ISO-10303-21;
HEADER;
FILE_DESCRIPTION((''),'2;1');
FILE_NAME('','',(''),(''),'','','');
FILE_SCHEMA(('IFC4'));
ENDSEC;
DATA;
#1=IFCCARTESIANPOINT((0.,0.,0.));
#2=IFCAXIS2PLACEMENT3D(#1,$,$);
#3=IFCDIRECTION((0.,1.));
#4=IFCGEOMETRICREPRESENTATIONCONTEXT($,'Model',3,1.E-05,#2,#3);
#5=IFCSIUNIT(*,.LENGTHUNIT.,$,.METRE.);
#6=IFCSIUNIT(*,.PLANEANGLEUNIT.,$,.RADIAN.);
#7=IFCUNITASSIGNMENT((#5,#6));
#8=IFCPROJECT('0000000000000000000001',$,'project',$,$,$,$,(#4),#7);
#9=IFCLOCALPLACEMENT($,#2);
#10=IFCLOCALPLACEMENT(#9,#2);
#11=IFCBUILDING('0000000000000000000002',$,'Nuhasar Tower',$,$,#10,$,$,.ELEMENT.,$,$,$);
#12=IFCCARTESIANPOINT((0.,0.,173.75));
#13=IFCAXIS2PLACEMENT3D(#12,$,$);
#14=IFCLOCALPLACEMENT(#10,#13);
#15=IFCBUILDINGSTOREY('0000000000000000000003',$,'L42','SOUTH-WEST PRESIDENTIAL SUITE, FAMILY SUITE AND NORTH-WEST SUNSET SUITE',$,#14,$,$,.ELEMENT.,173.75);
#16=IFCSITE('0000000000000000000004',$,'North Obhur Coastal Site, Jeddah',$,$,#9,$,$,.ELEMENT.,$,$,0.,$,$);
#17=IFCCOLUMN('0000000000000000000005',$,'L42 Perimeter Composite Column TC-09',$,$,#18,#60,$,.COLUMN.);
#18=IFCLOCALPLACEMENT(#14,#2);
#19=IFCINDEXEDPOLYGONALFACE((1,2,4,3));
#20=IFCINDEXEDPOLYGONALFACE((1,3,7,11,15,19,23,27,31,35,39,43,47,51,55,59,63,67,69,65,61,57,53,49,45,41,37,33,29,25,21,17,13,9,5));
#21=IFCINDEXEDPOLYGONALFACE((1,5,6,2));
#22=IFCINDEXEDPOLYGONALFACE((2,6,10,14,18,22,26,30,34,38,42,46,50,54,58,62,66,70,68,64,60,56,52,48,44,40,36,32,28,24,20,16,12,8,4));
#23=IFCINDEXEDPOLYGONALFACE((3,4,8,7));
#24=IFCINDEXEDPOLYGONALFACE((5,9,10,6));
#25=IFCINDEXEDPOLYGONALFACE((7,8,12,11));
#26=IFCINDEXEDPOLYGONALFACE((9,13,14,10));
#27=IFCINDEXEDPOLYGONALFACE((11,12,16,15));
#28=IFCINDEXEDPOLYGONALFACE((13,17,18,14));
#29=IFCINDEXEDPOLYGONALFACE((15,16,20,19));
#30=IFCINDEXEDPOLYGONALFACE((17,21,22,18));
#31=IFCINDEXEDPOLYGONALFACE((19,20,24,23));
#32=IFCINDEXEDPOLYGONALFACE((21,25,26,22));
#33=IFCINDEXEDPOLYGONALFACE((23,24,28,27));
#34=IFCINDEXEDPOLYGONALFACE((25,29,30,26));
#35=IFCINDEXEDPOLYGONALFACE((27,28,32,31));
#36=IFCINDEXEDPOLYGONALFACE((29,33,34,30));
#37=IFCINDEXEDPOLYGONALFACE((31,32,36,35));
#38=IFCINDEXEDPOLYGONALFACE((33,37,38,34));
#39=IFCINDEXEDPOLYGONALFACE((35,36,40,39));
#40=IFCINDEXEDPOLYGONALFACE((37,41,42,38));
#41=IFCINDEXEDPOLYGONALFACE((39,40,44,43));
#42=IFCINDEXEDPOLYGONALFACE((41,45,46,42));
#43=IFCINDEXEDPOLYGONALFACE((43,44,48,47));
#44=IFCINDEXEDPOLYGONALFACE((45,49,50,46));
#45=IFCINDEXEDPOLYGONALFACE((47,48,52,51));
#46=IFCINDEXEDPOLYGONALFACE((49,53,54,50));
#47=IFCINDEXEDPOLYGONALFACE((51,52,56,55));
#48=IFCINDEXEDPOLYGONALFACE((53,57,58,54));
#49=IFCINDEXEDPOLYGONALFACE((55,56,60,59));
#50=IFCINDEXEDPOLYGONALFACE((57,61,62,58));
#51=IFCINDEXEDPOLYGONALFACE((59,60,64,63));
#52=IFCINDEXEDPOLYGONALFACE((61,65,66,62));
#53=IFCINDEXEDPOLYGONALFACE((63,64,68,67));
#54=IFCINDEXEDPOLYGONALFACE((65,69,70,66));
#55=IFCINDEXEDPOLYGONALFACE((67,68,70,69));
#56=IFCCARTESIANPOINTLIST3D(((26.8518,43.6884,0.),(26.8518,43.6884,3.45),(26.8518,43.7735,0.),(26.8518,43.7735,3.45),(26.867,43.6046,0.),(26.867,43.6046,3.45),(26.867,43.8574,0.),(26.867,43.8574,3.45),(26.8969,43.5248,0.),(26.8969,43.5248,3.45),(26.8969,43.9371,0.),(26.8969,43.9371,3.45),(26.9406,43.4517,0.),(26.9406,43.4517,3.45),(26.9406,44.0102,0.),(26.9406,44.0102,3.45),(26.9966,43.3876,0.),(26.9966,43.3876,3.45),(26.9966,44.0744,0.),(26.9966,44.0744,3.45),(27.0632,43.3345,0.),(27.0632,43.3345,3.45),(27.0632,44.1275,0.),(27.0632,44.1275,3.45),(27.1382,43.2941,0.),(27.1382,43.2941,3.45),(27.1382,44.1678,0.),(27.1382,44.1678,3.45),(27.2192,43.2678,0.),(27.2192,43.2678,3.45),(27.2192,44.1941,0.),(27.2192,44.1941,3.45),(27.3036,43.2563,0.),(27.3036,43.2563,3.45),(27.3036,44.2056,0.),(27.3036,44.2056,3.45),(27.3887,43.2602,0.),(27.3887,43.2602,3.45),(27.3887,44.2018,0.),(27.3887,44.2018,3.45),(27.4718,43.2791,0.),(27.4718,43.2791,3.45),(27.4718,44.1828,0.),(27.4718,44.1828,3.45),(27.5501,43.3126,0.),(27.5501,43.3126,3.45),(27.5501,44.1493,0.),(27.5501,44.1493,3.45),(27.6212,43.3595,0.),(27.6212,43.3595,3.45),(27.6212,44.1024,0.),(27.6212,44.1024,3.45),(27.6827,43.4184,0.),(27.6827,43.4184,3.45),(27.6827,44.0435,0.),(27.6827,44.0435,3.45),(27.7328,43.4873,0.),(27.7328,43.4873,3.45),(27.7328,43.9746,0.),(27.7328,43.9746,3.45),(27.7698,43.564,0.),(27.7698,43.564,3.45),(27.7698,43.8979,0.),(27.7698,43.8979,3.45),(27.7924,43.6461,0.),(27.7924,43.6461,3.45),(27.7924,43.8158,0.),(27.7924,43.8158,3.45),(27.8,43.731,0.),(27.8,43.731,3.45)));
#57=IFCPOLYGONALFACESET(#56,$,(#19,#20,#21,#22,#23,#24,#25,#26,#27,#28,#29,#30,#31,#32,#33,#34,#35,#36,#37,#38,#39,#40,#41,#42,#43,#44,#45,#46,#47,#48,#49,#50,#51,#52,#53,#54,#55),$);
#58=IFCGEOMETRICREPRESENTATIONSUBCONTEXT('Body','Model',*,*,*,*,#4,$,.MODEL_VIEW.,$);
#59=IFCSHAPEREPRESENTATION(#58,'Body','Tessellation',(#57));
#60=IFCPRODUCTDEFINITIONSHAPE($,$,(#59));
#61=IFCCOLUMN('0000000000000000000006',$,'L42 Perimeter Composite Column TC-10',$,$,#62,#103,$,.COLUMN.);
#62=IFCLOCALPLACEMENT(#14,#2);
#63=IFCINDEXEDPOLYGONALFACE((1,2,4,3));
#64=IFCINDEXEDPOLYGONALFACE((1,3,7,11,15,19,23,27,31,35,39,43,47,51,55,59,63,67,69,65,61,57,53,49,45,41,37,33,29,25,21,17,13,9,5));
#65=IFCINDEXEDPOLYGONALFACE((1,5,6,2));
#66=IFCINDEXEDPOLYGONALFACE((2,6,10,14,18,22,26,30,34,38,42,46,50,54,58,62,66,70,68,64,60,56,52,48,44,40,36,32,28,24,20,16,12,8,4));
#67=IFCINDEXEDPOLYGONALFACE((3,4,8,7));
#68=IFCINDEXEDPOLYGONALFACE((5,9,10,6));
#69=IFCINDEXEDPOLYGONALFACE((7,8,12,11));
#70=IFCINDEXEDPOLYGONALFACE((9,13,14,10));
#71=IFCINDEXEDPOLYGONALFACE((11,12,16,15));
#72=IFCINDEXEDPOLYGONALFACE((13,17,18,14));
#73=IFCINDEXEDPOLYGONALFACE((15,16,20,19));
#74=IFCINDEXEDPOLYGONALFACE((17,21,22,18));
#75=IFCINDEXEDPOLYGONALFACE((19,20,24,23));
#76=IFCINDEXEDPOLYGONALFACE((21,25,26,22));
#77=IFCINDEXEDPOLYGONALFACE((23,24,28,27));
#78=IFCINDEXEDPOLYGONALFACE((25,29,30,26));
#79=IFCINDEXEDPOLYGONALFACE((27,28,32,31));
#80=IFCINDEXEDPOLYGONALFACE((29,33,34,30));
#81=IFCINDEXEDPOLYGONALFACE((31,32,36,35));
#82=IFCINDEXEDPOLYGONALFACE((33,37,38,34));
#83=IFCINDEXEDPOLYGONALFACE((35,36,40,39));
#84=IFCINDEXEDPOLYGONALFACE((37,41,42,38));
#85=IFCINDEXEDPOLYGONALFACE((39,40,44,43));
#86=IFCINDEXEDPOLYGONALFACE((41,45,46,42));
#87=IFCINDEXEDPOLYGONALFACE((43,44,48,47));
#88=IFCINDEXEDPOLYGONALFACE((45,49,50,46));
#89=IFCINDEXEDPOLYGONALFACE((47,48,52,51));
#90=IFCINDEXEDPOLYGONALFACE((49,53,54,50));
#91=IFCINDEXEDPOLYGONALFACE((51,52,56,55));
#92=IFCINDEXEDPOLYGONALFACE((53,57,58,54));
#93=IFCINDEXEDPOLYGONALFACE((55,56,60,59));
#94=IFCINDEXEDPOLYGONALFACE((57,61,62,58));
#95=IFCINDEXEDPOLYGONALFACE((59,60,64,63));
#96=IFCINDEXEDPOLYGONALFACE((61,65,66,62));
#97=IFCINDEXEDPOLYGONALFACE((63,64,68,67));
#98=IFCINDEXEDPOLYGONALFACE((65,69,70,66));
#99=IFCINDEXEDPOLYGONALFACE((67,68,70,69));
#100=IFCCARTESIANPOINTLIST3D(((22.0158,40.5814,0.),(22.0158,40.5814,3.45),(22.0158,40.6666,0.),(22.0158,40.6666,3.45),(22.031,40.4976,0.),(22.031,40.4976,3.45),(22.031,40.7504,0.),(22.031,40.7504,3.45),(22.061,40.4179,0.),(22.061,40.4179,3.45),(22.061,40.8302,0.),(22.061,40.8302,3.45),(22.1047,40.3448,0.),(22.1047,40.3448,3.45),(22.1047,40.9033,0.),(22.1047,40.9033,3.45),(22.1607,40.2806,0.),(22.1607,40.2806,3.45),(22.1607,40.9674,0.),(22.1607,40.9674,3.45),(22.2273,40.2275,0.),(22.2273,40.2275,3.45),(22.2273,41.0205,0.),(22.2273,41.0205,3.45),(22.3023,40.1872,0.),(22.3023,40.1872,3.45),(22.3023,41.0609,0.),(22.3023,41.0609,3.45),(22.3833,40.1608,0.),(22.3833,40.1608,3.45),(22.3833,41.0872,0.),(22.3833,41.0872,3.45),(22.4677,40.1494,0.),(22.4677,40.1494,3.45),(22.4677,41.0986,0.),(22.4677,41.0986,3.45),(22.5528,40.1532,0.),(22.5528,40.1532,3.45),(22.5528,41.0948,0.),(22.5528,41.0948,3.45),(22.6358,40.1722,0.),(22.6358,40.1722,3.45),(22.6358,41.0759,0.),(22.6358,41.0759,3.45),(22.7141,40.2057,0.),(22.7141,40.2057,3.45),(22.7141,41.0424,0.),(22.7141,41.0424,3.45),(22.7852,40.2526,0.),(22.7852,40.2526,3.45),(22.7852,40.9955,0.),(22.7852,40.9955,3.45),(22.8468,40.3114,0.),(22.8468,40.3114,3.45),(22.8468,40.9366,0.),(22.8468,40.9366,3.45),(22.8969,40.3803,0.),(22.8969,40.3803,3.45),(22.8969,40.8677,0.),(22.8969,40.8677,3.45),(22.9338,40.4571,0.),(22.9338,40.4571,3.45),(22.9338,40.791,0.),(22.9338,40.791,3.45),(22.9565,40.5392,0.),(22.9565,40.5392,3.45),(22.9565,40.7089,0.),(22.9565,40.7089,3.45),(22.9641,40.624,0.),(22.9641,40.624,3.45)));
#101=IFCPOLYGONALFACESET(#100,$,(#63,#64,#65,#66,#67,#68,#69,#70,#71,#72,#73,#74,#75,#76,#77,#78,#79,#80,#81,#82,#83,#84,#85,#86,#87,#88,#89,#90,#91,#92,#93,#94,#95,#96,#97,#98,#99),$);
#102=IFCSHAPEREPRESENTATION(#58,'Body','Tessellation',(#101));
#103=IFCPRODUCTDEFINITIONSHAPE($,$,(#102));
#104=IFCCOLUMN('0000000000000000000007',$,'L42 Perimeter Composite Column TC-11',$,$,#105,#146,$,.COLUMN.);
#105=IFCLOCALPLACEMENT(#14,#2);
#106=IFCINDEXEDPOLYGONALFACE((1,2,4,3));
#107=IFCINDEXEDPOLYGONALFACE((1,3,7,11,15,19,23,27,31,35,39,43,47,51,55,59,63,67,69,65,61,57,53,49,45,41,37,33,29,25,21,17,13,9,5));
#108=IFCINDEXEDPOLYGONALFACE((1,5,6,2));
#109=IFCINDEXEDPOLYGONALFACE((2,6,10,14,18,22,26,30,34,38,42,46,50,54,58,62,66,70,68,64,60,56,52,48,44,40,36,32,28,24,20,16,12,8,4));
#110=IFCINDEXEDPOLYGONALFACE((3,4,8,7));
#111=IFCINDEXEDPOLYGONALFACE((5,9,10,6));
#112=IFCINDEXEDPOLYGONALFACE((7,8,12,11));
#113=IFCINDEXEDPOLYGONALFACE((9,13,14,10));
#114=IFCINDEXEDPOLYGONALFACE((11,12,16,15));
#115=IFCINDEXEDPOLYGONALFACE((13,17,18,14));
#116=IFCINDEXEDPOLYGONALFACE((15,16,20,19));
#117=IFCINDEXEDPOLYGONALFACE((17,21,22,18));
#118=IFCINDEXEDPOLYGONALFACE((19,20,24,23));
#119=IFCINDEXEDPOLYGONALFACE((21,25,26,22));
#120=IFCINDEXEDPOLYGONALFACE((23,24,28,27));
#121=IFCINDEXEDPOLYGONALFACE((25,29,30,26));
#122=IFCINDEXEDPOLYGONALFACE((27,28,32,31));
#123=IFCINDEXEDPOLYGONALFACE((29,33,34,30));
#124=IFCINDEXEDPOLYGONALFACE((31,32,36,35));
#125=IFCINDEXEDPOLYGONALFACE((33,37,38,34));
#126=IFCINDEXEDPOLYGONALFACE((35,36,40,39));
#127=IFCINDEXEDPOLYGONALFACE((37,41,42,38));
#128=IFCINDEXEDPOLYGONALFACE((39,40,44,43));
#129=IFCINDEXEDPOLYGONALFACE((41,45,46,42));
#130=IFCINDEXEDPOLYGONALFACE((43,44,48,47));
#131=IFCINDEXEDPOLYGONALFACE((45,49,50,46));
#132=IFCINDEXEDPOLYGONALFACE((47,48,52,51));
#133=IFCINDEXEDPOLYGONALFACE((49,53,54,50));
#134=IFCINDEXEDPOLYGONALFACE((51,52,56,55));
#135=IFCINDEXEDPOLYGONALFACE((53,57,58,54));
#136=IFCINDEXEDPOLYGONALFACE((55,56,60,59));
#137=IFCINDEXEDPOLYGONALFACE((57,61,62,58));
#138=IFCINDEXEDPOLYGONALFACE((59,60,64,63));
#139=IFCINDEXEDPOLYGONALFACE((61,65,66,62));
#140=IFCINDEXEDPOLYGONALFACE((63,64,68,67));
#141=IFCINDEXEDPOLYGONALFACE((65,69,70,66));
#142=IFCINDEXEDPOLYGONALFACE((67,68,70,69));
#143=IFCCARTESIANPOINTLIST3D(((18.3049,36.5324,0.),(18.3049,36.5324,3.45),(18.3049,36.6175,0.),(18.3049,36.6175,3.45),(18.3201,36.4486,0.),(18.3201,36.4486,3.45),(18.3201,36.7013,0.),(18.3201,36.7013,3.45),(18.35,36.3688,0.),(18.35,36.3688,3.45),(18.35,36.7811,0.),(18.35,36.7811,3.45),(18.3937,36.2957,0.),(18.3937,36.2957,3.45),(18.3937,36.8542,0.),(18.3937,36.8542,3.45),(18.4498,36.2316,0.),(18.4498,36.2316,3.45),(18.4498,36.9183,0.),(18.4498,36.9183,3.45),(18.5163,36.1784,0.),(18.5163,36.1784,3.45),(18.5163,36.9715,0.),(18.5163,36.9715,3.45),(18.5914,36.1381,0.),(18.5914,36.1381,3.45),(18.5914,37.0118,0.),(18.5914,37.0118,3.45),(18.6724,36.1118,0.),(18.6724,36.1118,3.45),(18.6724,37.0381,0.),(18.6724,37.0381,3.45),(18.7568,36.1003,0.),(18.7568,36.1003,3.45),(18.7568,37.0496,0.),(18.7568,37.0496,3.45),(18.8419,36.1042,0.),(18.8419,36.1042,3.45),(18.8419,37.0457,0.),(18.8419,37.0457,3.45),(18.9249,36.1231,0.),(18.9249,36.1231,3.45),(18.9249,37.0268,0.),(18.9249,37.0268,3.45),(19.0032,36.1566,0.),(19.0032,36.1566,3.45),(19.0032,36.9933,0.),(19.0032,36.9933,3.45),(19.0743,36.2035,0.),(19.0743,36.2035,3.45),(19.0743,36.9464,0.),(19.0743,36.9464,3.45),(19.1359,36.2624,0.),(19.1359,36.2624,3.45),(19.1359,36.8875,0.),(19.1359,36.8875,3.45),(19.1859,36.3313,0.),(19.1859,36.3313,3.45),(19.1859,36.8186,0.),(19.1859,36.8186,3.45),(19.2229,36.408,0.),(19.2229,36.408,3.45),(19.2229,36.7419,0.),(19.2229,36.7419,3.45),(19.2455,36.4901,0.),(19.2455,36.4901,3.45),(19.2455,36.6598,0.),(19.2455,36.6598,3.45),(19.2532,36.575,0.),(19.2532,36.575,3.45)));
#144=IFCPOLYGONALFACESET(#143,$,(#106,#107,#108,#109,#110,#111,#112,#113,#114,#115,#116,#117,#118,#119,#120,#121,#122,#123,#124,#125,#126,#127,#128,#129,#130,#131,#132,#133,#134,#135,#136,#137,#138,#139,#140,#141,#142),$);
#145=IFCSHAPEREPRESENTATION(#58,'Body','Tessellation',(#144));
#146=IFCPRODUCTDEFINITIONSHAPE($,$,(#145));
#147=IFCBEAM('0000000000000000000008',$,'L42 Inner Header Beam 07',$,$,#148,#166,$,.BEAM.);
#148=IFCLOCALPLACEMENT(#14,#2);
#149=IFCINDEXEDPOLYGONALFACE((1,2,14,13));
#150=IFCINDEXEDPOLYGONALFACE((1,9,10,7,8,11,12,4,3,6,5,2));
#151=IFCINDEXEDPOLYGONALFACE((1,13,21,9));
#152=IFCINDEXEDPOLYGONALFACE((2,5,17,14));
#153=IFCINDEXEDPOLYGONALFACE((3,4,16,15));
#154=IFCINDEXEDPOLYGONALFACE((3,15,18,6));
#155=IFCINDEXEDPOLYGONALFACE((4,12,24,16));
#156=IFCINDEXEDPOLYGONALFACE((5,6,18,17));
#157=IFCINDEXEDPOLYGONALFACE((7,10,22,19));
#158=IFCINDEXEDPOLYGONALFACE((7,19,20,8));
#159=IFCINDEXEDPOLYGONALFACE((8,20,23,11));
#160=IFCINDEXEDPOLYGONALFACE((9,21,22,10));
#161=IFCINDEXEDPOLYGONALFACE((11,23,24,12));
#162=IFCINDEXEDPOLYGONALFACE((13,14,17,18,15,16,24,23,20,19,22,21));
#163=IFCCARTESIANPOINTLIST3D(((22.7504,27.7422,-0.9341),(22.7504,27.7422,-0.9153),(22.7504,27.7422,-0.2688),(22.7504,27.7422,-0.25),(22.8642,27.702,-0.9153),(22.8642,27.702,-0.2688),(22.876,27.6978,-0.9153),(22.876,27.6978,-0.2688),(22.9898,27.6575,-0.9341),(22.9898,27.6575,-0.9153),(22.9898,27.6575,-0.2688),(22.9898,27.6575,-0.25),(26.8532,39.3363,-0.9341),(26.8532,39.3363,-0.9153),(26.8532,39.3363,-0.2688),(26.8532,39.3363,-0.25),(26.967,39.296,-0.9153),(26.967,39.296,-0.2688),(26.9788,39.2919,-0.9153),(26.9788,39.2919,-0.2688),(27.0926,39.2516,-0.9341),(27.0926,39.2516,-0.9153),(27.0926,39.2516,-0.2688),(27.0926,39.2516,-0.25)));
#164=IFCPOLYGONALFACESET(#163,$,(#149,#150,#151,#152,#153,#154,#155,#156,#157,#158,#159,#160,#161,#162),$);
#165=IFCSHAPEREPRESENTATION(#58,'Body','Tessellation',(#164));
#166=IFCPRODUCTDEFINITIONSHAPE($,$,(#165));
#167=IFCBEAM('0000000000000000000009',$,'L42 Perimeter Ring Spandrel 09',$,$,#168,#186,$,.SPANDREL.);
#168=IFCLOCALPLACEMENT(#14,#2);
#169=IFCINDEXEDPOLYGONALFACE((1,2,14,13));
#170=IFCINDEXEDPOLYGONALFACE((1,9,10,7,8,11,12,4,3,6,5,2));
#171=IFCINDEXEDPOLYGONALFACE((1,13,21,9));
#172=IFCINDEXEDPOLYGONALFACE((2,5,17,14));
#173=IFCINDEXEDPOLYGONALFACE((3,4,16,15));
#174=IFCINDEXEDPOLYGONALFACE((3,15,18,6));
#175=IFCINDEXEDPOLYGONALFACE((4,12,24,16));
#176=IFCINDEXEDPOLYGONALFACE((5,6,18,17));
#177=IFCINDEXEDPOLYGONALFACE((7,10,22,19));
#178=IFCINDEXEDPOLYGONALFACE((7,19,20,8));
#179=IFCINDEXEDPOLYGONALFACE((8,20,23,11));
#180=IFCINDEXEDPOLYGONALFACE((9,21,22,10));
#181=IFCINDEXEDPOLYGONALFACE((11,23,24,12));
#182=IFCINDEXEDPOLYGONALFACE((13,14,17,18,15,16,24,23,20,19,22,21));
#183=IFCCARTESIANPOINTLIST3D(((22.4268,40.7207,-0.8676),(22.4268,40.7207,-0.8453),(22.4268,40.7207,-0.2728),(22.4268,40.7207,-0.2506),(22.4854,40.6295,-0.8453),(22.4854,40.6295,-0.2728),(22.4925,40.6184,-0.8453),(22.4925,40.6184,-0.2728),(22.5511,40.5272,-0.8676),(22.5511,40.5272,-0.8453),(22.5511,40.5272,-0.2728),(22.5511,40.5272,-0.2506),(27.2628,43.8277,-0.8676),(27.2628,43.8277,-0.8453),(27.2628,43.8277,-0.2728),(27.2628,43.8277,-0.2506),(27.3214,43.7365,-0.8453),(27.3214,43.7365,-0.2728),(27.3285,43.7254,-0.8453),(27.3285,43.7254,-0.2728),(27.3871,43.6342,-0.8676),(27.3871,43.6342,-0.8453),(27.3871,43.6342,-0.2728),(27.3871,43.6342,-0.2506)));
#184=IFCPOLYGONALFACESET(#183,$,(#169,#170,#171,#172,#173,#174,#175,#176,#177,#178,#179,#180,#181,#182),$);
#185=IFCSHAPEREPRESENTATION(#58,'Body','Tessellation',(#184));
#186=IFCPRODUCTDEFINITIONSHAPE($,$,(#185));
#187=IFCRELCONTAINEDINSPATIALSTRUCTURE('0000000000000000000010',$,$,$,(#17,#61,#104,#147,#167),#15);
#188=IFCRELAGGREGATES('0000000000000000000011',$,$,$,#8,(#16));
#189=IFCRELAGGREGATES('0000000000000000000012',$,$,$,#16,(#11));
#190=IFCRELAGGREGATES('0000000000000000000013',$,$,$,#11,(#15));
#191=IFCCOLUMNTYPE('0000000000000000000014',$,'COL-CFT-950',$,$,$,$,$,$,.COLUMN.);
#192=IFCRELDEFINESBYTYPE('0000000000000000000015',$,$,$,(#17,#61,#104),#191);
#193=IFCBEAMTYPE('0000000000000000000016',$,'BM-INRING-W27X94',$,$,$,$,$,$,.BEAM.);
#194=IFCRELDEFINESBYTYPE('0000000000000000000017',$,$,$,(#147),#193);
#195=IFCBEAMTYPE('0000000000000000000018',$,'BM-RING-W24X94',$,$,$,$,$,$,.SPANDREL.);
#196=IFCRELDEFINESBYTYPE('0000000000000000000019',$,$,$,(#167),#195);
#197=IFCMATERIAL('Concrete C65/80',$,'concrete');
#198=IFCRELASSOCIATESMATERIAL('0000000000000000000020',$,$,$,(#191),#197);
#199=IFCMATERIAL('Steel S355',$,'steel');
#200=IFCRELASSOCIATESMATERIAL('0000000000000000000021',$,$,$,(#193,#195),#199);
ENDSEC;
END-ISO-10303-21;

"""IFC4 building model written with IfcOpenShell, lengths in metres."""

from ifc_helpers import new_model, si_unit, direction, frame, origin, origin_2d, place, context, subcontext, project, spatial, circle, i_section, extrude, material, material_profile, profile_set, type_object, element, save


model = new_model("IFC4")

# Units and contexts
model_context = context("Model", 3, precision=1e-05, world=origin(), true_north=direction((0.0, 1.0)))
body_context = subcontext(model_context, "Body", "Model", "MODEL_VIEW")
ifc_project = project(units=[si_unit("LENGTHUNIT", "METRE"), si_unit("PLANEANGLEUNIT", "RADIAN")], contexts=[model_context])

# Site, building, storey
site_placement = place(None, origin())
site = spatial("IfcSite", under=ifc_project, at=site_placement, Name="North Obhur Coastal Site, Jeddah", CompositionType="ELEMENT", RefElevation=0.0)
building_placement = place(site_placement, origin())
building = spatial("IfcBuilding", under=site, at=building_placement, Name="Nuhasar Tower", CompositionType="ELEMENT")
storey_placement = place(building_placement, frame((0.0, 0.0, 173.75)))
storey = spatial("IfcBuildingStorey", under=building, at=storey_placement, Name="L42", Description="SOUTH-WEST PRESIDENTIAL SUITE, FAMILY SUITE AND NORTH-WEST SUNSET SUITE", CompositionType="ELEMENT", Elevation=173.75)

# Columns
ifc_material_1 = material(Name="Concrete C65/80", Category="concrete")
ifc_material_profile_1 = material_profile(ifc_material_1, circle(Radius=0.4751, at=origin_2d()), Name="CFT950")
ifc_profile_set_1 = profile_set([ifc_material_profile_1], Name="Concrete C65/80")
column_type = type_object("IfcColumnType", Name="COL-CFT-950", PredefinedType="COLUMN", material=ifc_profile_set_1)
for number, where, z_axis, x_axis, name in (
    (1, (27.325, 43.731, 0.0), (0.0, 0.0, 1.0), (1.0, 0.0, 0.0), "L42 Perimeter Composite Column TC-09"),
    (2, (22.489, 40.624, 0.0), (0.0, 0.0, 1.0), (1.0, 0.0, 0.0), "L42 Perimeter Composite Column TC-10"),
    (3, (18.7781, 36.575, 0.0), (0.0, 0.0, 1.0), (1.0, 0.0, 0.0), "L42 Perimeter Composite Column TC-11"),
):
    element("IfcColumn", number, at=place(storey_placement, frame(where, z_axis=z_axis, x_axis=x_axis)), inside=storey, type_object=column_type, Name=name, PredefinedType="COLUMN", context=body_context, shape_type="SweptSolid", body=[
        extrude(circle(Radius=0.4751, at=origin_2d()), origin(), (0.0, 0.0, 1.0), 3.45),
    ])

# Beams
ifc_material_2 = material(Name="Steel S355", Category="steel")
ifc_material_profile_2 = material_profile(ifc_material_2, i_section(OverallWidth=0.2539, OverallDepth=0.6841, WebThickness=0.0125, FlangeThickness=0.0188, at=origin_2d()), Name="W27X94")
ifc_profile_set_2 = profile_set([ifc_material_profile_2], Name="Steel S355")
beam_type_1 = type_object("IfcBeamType", Name="BM-INRING-W27X94", PredefinedType="BEAM", material=ifc_profile_set_2)
beam_1_placement = place(storey_placement, frame((26.9729, 39.2939, -0.592), z_axis=(-0.3336, -0.942715, 0.0), x_axis=(0.942715, -0.3336, 0.0)))
element("IfcBeam", 4, at=beam_1_placement, inside=storey, type_object=beam_type_1, Name="L42 Inner Header Beam 07", PredefinedType="BEAM", context=body_context, shape_type="SweptSolid", body=[
    extrude(i_section(OverallWidth=0.2539, OverallDepth=0.6841, WebThickness=0.0125, FlangeThickness=0.0188, at=origin_2d()), origin(), (0.0, 0.0, 1.0), 12.2986),
])
ifc_material_profile_3 = material_profile(ifc_material_2, i_section(OverallWidth=0.23, OverallDepth=0.6169, WebThickness=0.0132, FlangeThickness=0.0222, at=origin_2d()), Name="W24X94")
ifc_profile_set_3 = profile_set([ifc_material_profile_3], Name="Steel S355")
beam_type_2 = type_object("IfcBeamType", Name="BM-RING-W24X94", PredefinedType="SPANDREL", material=ifc_profile_set_3)
beam_2_placement = place(storey_placement, frame((27.325, 43.731, -0.5591), z_axis=(-0.841327, -0.540526, 0.0), x_axis=(0.540526, -0.841327, 0.0)))
element("IfcBeam", 5, at=beam_2_placement, inside=storey, type_object=beam_type_2, Name="L42 Perimeter Ring Spandrel 09", PredefinedType="SPANDREL", context=body_context, shape_type="SweptSolid", body=[
    extrude(i_section(OverallWidth=0.23, OverallDepth=0.6169, WebThickness=0.0132, FlangeThickness=0.0222, at=origin_2d()), origin(), (0.0, 0.0, 1.0), 5.748),
])

save(model, "model.ifc")
